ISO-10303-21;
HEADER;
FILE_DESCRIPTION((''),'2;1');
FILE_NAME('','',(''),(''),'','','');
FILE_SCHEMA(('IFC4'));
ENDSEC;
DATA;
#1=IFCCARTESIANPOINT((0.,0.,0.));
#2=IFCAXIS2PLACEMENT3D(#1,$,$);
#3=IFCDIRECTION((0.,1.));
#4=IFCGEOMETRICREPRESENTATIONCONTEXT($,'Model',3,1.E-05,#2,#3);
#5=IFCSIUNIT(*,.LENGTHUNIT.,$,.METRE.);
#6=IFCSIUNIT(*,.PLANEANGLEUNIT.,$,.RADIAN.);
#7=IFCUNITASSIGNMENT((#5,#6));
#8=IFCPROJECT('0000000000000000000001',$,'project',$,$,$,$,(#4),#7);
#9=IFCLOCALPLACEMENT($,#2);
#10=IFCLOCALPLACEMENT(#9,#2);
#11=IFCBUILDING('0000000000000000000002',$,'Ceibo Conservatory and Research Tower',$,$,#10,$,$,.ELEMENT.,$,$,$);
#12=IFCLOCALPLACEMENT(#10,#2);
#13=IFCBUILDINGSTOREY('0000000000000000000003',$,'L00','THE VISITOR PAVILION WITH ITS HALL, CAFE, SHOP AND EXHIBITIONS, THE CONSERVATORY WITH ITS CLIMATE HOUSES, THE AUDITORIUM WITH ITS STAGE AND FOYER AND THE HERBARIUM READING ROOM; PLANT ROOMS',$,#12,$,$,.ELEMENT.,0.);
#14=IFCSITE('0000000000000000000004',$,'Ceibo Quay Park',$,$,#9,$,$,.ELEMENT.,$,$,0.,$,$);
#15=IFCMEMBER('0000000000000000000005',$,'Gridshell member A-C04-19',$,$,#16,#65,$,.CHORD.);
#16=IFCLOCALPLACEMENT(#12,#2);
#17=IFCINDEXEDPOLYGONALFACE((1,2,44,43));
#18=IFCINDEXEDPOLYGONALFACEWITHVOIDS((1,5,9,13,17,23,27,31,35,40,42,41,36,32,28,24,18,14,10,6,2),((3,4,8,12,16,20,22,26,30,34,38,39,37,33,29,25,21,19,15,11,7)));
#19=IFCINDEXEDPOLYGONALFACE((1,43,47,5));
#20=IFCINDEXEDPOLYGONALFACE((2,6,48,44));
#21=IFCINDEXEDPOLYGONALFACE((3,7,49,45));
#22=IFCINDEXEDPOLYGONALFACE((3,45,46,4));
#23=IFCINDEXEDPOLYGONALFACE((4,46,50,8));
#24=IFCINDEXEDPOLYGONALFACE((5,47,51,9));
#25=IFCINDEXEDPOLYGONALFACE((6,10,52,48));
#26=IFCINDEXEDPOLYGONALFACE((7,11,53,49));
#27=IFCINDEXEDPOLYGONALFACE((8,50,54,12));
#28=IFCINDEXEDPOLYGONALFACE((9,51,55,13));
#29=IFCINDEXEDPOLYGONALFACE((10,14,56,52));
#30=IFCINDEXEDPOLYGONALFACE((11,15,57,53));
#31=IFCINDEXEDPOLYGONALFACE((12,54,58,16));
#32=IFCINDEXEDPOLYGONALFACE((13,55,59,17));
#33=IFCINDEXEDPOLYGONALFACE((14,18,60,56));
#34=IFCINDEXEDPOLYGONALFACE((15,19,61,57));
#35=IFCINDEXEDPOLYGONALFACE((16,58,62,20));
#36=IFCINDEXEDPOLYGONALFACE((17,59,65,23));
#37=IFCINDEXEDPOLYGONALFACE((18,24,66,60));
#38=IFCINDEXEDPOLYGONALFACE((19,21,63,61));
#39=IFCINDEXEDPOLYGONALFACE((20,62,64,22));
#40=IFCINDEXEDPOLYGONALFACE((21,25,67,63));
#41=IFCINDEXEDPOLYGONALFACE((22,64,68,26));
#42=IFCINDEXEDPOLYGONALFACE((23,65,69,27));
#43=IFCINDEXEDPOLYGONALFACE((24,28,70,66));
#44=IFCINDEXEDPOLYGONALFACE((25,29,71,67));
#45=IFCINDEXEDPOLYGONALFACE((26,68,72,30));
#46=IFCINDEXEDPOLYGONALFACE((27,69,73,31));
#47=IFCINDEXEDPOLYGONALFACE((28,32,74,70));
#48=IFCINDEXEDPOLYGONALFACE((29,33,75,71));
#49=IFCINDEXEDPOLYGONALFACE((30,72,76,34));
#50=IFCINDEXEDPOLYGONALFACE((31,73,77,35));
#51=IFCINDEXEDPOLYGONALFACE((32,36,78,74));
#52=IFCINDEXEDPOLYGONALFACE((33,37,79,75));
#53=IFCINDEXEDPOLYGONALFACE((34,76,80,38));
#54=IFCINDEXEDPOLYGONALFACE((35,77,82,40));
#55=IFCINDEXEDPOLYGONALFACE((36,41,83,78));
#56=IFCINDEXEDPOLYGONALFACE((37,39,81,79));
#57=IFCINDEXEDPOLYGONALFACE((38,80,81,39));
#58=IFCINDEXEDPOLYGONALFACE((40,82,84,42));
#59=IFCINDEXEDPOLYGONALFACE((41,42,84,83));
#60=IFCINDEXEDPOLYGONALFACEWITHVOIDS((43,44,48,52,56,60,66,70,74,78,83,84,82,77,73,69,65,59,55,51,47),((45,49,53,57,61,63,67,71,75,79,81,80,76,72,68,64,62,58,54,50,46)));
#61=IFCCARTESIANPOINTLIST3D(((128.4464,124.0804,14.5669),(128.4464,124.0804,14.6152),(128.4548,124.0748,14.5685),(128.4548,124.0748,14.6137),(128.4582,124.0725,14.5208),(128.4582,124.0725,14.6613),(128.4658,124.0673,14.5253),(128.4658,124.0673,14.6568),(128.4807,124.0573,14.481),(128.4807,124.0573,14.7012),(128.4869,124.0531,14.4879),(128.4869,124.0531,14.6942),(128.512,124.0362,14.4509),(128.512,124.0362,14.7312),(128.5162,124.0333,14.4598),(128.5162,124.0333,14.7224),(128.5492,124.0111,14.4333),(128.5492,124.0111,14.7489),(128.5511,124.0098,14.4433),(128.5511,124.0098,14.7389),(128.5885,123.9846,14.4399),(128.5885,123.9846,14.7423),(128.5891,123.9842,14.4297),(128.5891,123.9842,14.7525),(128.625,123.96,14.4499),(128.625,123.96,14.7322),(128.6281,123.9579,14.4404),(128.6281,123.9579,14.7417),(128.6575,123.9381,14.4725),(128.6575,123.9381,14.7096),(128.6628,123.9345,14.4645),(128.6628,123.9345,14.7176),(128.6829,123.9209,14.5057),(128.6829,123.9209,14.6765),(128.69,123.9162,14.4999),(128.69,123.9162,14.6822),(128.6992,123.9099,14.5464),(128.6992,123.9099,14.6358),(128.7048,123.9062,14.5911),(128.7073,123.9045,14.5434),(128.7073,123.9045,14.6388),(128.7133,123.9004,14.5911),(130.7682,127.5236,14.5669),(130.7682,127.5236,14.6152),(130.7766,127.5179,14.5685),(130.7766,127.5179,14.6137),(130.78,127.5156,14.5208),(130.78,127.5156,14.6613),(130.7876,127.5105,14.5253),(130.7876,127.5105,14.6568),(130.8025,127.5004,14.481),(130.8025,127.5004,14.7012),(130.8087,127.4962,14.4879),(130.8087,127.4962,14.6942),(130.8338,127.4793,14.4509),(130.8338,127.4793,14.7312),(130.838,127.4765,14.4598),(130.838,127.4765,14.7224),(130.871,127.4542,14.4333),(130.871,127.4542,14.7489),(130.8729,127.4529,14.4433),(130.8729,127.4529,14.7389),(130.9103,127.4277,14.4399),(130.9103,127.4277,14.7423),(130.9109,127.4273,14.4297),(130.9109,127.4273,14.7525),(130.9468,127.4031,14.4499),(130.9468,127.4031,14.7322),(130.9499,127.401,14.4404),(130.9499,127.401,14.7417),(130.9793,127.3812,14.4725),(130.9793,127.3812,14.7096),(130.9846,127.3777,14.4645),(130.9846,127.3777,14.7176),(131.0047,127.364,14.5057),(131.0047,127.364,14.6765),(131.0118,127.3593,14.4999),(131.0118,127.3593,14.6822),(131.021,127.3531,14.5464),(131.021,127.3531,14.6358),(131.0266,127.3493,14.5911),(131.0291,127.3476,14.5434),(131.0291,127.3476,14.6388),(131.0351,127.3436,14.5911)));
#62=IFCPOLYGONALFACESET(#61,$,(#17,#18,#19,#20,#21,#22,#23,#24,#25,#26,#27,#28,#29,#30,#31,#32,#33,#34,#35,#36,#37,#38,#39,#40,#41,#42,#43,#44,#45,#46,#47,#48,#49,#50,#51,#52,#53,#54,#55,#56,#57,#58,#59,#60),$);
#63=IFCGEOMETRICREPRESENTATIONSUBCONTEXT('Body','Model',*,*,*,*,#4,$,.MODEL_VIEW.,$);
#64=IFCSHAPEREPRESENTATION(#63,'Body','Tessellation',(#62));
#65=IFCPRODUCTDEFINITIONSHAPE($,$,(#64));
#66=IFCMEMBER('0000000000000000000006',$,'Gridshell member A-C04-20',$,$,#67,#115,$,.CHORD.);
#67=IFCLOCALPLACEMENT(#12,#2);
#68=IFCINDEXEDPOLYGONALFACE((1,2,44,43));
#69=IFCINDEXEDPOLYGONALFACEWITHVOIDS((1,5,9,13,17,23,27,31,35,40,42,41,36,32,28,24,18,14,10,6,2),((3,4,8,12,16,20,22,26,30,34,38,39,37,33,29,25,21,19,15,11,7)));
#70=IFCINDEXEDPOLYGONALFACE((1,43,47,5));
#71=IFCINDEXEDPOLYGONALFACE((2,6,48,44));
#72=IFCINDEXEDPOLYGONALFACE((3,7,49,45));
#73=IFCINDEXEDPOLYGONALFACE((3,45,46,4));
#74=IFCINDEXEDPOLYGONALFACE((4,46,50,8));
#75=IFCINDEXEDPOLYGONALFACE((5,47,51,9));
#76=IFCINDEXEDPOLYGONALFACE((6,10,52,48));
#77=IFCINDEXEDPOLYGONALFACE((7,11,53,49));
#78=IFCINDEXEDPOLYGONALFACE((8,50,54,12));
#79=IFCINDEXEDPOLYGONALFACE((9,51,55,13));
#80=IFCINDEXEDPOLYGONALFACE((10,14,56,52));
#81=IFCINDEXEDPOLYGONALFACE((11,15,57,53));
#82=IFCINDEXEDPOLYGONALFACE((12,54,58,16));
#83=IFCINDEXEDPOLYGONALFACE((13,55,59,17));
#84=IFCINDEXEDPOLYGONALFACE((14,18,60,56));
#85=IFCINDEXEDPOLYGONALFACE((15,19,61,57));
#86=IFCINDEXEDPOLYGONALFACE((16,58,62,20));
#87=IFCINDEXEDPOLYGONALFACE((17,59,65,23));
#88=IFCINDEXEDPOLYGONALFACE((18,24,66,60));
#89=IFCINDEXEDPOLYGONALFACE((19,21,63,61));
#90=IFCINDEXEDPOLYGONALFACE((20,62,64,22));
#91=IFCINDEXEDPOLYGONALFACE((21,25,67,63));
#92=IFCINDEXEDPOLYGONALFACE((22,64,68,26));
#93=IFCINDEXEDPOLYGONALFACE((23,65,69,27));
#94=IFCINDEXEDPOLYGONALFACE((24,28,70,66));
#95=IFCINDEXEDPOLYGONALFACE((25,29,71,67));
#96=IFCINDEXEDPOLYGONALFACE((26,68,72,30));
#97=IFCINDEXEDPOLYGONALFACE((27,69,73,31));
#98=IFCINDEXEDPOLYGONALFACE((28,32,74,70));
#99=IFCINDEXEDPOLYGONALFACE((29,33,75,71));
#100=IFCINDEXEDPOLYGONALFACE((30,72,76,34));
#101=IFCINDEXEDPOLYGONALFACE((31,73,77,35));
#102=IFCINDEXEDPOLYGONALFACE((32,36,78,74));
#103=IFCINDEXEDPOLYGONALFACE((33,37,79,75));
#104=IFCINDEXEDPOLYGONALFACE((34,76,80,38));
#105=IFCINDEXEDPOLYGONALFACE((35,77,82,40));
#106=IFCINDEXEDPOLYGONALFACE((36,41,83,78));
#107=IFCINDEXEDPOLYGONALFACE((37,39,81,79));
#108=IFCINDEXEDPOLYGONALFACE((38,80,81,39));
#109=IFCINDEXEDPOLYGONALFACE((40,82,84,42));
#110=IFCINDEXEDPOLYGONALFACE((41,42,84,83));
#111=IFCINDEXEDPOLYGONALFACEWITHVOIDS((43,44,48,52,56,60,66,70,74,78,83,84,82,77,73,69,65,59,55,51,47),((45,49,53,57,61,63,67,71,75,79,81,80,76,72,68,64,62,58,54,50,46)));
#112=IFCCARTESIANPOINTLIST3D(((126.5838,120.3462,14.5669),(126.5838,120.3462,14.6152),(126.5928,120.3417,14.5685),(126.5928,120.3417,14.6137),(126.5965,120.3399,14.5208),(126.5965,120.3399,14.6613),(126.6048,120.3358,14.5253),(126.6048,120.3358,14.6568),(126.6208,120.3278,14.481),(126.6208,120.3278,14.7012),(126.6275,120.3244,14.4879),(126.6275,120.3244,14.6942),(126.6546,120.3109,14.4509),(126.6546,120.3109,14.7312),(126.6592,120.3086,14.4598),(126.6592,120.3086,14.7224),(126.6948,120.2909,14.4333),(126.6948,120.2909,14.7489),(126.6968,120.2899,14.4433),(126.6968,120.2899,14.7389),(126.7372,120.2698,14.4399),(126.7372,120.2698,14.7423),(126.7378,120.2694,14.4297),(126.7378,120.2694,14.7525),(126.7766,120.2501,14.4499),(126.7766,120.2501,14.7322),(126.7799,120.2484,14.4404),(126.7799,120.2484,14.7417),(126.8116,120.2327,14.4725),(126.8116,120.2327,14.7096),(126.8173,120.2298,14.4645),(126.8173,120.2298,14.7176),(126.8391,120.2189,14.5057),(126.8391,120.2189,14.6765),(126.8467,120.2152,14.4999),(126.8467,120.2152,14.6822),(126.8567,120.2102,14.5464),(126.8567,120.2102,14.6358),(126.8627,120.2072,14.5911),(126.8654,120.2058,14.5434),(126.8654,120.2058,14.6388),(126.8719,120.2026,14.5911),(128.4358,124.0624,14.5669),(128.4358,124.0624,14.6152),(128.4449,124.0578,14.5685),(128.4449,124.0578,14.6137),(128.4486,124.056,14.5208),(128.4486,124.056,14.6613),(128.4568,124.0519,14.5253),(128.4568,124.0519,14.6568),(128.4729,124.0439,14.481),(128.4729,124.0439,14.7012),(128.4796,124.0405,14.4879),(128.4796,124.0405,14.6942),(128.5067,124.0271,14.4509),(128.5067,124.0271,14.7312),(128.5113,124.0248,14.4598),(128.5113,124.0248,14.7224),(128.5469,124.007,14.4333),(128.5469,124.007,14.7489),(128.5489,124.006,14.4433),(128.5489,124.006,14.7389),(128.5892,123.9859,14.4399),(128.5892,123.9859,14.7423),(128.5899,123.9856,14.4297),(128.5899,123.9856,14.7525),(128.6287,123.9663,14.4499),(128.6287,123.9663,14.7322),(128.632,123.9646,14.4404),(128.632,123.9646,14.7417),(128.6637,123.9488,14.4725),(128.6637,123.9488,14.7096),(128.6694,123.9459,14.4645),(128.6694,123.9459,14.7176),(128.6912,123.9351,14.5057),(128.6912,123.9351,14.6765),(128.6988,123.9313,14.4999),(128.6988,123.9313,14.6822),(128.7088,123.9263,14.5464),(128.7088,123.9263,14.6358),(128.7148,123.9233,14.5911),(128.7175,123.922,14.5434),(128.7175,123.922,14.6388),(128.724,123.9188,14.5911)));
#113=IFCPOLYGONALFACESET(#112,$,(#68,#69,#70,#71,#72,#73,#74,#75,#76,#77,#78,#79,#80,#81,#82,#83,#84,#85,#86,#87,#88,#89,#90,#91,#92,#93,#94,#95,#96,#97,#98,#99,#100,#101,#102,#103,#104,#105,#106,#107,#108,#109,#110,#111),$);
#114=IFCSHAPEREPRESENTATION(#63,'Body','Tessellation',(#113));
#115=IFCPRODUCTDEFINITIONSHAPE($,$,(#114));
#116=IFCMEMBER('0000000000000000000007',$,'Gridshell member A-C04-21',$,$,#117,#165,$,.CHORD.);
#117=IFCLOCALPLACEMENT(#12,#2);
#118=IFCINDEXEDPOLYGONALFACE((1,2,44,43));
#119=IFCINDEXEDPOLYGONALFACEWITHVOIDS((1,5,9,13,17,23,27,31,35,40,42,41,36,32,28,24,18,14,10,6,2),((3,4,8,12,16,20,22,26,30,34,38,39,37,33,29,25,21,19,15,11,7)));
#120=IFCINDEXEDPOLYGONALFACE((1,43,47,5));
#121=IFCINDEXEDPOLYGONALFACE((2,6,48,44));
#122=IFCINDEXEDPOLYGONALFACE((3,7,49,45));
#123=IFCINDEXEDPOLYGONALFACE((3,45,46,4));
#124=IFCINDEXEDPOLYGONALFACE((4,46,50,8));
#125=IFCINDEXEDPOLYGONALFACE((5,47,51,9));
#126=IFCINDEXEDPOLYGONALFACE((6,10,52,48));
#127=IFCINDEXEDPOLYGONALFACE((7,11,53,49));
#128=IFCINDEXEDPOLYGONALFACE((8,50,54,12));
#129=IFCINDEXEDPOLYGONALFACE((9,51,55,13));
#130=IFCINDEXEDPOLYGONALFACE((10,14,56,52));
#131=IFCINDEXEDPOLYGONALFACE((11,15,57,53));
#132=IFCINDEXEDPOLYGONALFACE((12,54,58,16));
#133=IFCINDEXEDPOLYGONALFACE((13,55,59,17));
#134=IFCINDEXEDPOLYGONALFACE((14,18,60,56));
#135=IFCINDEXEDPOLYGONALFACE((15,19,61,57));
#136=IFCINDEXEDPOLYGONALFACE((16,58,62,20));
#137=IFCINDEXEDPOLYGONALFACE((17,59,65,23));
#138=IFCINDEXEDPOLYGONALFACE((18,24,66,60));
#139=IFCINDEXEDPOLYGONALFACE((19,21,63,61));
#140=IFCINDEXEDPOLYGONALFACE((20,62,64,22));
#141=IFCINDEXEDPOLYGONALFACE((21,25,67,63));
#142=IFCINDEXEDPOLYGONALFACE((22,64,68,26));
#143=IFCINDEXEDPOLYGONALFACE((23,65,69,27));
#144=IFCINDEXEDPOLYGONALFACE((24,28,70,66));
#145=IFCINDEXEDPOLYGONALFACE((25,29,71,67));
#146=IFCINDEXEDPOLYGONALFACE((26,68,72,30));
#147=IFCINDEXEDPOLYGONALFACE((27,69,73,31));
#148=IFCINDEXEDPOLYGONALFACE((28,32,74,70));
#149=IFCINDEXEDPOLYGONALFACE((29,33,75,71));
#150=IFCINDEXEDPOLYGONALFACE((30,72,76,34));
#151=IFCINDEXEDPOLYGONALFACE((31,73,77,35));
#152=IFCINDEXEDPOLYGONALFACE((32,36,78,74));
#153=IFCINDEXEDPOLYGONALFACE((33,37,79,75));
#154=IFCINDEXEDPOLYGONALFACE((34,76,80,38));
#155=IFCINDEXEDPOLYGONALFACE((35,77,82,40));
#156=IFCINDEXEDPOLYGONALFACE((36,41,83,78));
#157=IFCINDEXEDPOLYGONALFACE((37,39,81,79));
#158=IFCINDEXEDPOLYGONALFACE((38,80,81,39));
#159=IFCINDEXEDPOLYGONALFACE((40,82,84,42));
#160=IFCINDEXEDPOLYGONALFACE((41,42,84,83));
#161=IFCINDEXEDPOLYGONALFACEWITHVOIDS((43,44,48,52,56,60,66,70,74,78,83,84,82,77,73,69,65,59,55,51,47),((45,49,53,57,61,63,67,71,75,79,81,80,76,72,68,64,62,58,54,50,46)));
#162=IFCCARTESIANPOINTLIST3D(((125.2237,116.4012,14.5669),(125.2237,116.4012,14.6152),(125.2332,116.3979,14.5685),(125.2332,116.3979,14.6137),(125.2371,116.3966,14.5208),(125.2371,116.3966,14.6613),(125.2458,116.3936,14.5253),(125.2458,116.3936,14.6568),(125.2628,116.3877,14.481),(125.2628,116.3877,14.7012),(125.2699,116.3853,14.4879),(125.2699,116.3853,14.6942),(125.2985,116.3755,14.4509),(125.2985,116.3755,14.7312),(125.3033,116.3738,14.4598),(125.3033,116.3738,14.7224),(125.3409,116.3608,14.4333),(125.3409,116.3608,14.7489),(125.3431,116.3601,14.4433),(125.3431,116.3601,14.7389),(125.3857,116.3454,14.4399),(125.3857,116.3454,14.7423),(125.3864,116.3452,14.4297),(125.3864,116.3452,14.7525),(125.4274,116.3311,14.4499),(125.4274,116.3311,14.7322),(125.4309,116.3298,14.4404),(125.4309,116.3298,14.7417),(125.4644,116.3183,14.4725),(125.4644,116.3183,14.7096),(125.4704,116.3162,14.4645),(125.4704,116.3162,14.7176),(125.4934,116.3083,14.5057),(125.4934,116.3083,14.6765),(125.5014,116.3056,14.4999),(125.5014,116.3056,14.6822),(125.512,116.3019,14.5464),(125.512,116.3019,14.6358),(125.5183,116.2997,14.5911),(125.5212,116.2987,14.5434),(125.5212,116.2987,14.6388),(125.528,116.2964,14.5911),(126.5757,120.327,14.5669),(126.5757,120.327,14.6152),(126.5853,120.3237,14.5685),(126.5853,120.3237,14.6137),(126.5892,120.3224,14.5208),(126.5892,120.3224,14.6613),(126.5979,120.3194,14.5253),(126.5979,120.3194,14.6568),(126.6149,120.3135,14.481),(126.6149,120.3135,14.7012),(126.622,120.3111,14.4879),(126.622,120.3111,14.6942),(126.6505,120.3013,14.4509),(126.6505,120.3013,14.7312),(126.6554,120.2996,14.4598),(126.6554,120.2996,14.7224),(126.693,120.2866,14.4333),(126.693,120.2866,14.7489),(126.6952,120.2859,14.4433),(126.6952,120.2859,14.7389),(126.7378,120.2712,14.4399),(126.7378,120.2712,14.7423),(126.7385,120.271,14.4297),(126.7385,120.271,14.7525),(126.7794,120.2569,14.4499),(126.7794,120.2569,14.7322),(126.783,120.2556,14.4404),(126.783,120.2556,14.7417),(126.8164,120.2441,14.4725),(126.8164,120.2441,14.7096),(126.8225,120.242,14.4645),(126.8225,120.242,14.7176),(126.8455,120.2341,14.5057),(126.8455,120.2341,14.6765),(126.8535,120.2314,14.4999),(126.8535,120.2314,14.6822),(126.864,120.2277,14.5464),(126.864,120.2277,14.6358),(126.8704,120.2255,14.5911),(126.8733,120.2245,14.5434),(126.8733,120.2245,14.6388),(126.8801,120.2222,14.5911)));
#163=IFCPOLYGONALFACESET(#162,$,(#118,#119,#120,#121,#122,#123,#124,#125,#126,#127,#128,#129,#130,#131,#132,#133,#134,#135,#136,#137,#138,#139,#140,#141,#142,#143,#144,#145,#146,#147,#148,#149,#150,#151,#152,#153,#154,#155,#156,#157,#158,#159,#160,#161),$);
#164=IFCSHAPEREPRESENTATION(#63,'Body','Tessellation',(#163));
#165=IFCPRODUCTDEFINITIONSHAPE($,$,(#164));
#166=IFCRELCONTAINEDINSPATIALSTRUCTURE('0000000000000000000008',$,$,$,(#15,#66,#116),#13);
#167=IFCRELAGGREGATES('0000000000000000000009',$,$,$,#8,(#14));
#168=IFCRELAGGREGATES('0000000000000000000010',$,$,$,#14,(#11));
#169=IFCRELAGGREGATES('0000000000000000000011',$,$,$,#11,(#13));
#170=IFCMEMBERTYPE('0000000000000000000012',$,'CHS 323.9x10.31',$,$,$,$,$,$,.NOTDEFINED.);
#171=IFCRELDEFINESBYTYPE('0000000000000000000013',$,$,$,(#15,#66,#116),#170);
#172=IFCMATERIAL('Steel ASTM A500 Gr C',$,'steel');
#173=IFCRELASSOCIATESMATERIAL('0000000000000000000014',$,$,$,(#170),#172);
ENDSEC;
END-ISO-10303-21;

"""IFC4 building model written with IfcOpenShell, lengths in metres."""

from ifc_helpers import new_model, si_unit, direction, frame, origin, origin_2d, place, context, subcontext, project, spatial, hollow_circle, extrude, material, material_profile, profile_set, type_object, element, save


model = new_model("IFC4")

# Units and contexts
model_context = context("Model", 3, precision=1e-05, world=origin(), true_north=direction((0.0, 1.0)))
body_context = subcontext(model_context, "Body", "Model", "MODEL_VIEW")
ifc_project = project(units=[si_unit("LENGTHUNIT", "METRE"), si_unit("PLANEANGLEUNIT", "RADIAN")], contexts=[model_context])

# Site, building, storey
site_placement = place(None, origin())
site = spatial("IfcSite", under=ifc_project, at=site_placement, Name="Ceibo Quay Park", CompositionType="ELEMENT", RefElevation=0.0)
building_placement = place(site_placement, origin())
building = spatial("IfcBuilding", under=site, at=building_placement, Name="Ceibo Conservatory and Research Tower", CompositionType="ELEMENT")
storey_placement = place(building_placement, origin())
storey = spatial("IfcBuildingStorey", under=building, at=storey_placement, Name="L00", Description="THE VISITOR PAVILION WITH ITS HALL, CAFE, SHOP AND EXHIBITIONS, THE CONSERVATORY WITH ITS CLIMATE HOUSES, THE AUDITORIUM WITH ITS STAGE AND FOYER AND THE HERBARIUM READING ROOM; PLANT ROOMS", CompositionType="ELEMENT", Elevation=0.0)

# Members
ifc_material_1 = material(Name="Steel ASTM A500 Gr C", Category="steel")
ifc_material_profile_1 = material_profile(ifc_material_1, hollow_circle(Radius=0.1619, WallThickness=0.0103, at=origin_2d()), Name="CHS 323.9x10.31")
ifc_profile_set_1 = profile_set([ifc_material_profile_1], Name="Steel ASTM A500 Gr C")
member_type_1 = type_object("IfcMemberType", Name="CHS 323.9x10.31", PredefinedType="NOTDEFINED", material=ifc_profile_set_1)
member_1_placement = place(storey_placement, frame((130.9009, 127.4341, 14.5911), z_axis=(-0.559088, -0.829108, 0.0), x_axis=(0.829108, -0.559088, 0.0)))
element("IfcMember", 1, at=member_1_placement, inside=storey, type_object=member_type_1, Name="Gridshell member A-C04-19", PredefinedType="CHORD", context=body_context, shape_type="SweptSolid", body=[
    extrude(hollow_circle(Radius=0.1619, WallThickness=0.0103, at=origin_2d()), origin(), (0.0, 0.0, 1.0), 4.1528),
])
for number, where, z_axis, x_axis, name in (
    (2, (128.5791, 123.991, 14.5911), (-0.446061, -0.895003, 0.0), (0.895003, -0.446061, 0.0), "Gridshell member A-C04-20"),
    (3, (126.7271, 120.2749, 14.5911), (-0.325632, -0.945497, 0.0), (0.945497, -0.325632, 0.0), "Gridshell member A-C04-21"),
):
    element("IfcMember", number, at=place(storey_placement, frame(where, z_axis=z_axis, x_axis=x_axis)), inside=storey, type_object=member_type_1, Name=name, PredefinedType="CHORD", context=body_context, shape_type="SweptSolid", body=[
        extrude(hollow_circle(Radius=0.1619, WallThickness=0.0103, at=origin_2d()), origin(), (0.0, 0.0, 1.0), 4.1521),
    ])

save(model, "model.ifc")
